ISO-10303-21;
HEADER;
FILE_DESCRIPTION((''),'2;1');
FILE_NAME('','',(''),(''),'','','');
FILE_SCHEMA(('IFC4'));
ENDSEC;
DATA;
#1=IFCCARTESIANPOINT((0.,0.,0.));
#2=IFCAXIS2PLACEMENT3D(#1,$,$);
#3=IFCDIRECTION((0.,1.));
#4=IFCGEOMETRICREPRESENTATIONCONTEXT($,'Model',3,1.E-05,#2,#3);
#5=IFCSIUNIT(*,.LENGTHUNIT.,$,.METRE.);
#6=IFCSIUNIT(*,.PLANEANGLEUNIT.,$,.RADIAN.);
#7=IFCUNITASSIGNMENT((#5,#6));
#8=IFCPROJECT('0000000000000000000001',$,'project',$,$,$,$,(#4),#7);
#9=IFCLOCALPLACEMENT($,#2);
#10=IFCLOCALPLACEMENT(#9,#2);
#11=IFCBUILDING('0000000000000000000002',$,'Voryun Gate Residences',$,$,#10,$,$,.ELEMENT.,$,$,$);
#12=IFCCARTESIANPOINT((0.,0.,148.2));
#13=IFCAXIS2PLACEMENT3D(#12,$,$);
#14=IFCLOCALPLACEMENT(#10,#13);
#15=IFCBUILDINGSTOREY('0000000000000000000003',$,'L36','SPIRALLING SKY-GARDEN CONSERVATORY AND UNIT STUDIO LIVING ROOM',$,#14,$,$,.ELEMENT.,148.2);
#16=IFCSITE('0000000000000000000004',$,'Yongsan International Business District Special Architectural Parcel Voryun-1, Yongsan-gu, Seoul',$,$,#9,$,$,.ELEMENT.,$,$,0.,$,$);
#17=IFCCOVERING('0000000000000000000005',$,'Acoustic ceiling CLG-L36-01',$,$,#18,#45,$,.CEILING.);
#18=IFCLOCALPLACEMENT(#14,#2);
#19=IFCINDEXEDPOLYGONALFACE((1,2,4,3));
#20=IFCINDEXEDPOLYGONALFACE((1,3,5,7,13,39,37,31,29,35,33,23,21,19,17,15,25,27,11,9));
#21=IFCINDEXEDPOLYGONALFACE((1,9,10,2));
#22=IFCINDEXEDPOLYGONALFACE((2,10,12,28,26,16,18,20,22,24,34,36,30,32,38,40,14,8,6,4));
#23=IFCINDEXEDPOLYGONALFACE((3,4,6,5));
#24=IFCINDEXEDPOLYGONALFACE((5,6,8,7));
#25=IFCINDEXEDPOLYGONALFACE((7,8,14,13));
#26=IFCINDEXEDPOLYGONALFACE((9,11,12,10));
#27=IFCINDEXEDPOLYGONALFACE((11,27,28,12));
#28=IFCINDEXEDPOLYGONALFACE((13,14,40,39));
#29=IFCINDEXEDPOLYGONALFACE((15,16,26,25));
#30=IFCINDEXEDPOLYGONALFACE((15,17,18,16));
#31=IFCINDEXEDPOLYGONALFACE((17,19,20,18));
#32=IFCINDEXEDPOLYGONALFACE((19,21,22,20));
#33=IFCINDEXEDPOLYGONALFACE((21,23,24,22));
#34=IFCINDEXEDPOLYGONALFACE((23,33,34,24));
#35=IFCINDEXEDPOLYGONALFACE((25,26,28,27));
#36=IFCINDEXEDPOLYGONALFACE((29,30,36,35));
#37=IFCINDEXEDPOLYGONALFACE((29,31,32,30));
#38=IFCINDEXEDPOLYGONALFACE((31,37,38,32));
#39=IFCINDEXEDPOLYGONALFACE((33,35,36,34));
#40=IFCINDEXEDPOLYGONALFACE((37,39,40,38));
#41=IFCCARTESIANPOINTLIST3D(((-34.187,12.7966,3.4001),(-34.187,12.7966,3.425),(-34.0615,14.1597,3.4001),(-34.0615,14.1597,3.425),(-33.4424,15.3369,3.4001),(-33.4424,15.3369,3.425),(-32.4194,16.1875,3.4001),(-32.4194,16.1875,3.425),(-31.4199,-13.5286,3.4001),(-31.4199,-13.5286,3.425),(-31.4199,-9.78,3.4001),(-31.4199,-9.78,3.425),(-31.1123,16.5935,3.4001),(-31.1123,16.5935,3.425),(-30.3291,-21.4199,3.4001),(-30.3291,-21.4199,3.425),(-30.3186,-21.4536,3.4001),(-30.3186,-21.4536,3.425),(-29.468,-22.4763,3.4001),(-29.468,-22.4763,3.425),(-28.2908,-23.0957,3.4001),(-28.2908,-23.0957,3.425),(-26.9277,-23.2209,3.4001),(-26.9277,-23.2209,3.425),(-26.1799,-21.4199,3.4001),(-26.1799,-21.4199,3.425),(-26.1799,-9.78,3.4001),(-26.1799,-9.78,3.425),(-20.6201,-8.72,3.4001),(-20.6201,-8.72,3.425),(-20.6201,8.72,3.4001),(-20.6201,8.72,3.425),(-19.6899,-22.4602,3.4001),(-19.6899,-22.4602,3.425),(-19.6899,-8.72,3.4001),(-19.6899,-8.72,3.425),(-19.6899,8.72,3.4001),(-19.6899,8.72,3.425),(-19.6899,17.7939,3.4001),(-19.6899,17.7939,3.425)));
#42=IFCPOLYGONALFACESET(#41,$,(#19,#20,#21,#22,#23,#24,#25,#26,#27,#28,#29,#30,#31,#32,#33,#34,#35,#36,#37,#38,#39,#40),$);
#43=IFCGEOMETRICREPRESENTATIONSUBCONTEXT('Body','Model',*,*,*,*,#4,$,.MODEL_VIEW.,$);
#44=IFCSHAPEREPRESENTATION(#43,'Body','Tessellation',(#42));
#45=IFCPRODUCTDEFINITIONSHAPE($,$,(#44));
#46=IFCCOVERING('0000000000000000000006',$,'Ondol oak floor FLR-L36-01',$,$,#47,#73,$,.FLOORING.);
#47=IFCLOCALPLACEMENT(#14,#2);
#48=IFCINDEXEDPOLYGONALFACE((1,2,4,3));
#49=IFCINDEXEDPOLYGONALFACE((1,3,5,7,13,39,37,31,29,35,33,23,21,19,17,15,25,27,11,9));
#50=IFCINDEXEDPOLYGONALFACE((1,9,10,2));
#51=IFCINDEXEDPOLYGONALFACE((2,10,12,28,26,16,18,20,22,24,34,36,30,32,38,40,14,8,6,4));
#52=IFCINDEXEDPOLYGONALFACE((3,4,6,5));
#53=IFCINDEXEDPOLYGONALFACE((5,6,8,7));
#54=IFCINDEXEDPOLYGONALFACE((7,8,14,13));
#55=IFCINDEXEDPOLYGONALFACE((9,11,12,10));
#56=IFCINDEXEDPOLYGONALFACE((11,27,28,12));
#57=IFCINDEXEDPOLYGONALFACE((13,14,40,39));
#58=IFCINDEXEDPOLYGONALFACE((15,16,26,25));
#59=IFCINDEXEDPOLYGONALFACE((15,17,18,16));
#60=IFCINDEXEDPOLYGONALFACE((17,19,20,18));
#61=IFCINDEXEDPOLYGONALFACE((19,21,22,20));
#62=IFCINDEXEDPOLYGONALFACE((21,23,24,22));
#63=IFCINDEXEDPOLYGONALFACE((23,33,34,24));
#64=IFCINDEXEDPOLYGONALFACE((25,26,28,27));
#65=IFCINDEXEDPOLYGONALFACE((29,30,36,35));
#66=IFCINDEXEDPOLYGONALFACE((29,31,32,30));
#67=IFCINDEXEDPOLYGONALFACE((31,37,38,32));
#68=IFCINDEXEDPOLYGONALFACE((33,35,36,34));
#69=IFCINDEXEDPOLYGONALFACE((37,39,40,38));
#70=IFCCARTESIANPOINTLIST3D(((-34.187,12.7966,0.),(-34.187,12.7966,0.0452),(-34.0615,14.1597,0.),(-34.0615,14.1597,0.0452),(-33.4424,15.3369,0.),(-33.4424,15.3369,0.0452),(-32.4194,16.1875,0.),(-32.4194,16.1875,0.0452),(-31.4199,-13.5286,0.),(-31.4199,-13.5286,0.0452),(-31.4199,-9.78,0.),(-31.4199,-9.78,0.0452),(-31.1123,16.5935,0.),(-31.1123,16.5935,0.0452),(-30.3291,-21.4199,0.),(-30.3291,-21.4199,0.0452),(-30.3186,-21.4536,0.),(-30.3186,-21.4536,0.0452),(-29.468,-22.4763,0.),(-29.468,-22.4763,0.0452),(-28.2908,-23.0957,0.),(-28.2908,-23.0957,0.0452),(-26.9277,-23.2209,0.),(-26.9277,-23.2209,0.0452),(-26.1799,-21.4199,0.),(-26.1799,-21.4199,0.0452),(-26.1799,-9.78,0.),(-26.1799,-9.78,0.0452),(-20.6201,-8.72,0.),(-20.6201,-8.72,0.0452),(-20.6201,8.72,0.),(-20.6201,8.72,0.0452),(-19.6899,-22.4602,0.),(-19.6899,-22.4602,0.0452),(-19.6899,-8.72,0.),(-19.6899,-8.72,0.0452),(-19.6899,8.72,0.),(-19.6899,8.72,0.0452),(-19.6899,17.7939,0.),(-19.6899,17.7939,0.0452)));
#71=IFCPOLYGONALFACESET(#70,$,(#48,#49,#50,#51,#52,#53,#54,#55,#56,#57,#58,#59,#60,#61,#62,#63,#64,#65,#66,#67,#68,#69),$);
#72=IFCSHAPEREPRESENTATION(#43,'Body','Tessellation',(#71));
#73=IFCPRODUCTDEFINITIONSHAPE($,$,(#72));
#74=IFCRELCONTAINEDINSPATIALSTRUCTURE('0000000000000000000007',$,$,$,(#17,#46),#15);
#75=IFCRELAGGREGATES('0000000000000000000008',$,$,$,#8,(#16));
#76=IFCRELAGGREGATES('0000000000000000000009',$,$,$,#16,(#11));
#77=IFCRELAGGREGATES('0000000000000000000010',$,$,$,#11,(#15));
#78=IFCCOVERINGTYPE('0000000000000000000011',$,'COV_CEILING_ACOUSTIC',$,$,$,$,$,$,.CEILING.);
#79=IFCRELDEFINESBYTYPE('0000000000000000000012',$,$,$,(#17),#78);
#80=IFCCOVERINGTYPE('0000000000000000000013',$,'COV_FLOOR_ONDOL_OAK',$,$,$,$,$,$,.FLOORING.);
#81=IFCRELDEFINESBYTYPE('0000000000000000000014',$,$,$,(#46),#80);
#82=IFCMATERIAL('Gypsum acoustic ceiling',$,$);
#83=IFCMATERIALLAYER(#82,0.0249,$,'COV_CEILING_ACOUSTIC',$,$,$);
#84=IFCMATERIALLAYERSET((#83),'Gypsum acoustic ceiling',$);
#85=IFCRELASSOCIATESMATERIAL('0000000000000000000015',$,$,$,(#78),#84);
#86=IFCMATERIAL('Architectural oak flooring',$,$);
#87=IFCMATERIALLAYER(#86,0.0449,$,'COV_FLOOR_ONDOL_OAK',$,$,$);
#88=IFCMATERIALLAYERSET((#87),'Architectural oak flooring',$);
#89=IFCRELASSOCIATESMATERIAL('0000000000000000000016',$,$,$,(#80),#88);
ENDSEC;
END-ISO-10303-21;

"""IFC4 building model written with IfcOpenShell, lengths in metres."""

from ifc_helpers import new_model, si_unit, direction, frame, origin, place, context, subcontext, project, spatial, polyline, outline, extrude, material, layer, layer_set, type_object, element, save


model = new_model("IFC4")

# Units and contexts
model_context = context("Model", 3, precision=1e-05, world=origin(), true_north=direction((0.0, 1.0)))
body_context = subcontext(model_context, "Body", "Model", "MODEL_VIEW")
ifc_project = project(units=[si_unit("LENGTHUNIT", "METRE"), si_unit("PLANEANGLEUNIT", "RADIAN")], contexts=[model_context])

# Site, building, storey
site_placement = place(None, origin())
site = spatial("IfcSite", under=ifc_project, at=site_placement, Name="Yongsan International Business District Special Architectural Parcel Voryun-1, Yongsan-gu, Seoul", CompositionType="ELEMENT", RefElevation=0.0)
building_placement = place(site_placement, origin())
building = spatial("IfcBuilding", under=site, at=building_placement, Name="Voryun Gate Residences", CompositionType="ELEMENT")
storey_placement = place(building_placement, frame((0.0, 0.0, 148.2)))
storey = spatial("IfcBuildingStorey", under=building, at=storey_placement, Name="L36", Description="SPIRALLING SKY-GARDEN CONSERVATORY AND UNIT STUDIO LIVING ROOM", CompositionType="ELEMENT", Elevation=148.2)

# Coverings
ifc_material_1 = material(Name="Gypsum acoustic ceiling")
ifc_layer_1 = layer(ifc_material_1, 0.0249, Name="COV_CEILING_ACOUSTIC")
ifc_layer_set_1 = layer_set([ifc_layer_1], Name="Gypsum acoustic ceiling")
covering_type_1 = type_object("IfcCoveringType", Name="COV_CEILING_ACOUSTIC", PredefinedType="CEILING", material=ifc_layer_set_1)
covering_1_placement = place(storey_placement, frame((0.0, 0.0, 3.4001)))
element("IfcCovering", 1, at=covering_1_placement, inside=storey, type_object=covering_type_1, Name="Acoustic ceiling CLG-L36-01", PredefinedType="CEILING", context=body_context, shape_type="SweptSolid", body=[
    extrude(outline(polyline([(-30.3186, -21.4536), (-30.3291, -21.4199), (-26.1799, -21.4199), (-26.1799, -9.78), (-31.4199, -9.78), (-31.4199, -13.5286), (-34.187, 12.7966), (-34.0615, 14.1597), (-33.4424, 15.3369), (-32.4194, 16.1875), (-31.1123, 16.5935), (-19.6899, 17.7939), (-19.6899, 8.72), (-20.6201, 8.72), (-20.6201, -8.72), (-19.6899, -8.72), (-19.6899, -22.4602), (-26.9277, -23.2209), (-28.2908, -23.0957), (-29.468, -22.4763), (-30.3186, -21.4536)])), origin(), (0.0, 0.0, 1.0), 0.0249),
])
ifc_material_2 = material(Name="Architectural oak flooring")
ifc_layer_2 = layer(ifc_material_2, 0.0449, Name="COV_FLOOR_ONDOL_OAK")
ifc_layer_set_2 = layer_set([ifc_layer_2], Name="Architectural oak flooring")
covering_type_2 = type_object("IfcCoveringType", Name="COV_FLOOR_ONDOL_OAK", PredefinedType="FLOORING", material=ifc_layer_set_2)
covering_2_placement = place(storey_placement, origin())
element("IfcCovering", 2, at=covering_2_placement, inside=storey, type_object=covering_type_2, Name="Ondol oak floor FLR-L36-01", PredefinedType="FLOORING", context=body_context, shape_type="SweptSolid", body=[
    extrude(outline(polyline([(-30.3186, -21.4536), (-30.3291, -21.4199), (-26.1799, -21.4199), (-26.1799, -9.78), (-31.4199, -9.78), (-31.4199, -13.5286), (-34.187, 12.7966), (-34.0615, 14.1597), (-33.4424, 15.3369), (-32.4194, 16.1875), (-31.1123, 16.5935), (-19.6899, 17.7939), (-19.6899, 8.72), (-20.6201, 8.72), (-20.6201, -8.72), (-19.6899, -8.72), (-19.6899, -22.4602), (-26.9277, -23.2209), (-28.2908, -23.0957), (-29.468, -22.4763), (-30.3186, -21.4536)])), origin(), (0.0, 0.0, 1.0), 0.0452),
])

save(model, "model.ifc")
